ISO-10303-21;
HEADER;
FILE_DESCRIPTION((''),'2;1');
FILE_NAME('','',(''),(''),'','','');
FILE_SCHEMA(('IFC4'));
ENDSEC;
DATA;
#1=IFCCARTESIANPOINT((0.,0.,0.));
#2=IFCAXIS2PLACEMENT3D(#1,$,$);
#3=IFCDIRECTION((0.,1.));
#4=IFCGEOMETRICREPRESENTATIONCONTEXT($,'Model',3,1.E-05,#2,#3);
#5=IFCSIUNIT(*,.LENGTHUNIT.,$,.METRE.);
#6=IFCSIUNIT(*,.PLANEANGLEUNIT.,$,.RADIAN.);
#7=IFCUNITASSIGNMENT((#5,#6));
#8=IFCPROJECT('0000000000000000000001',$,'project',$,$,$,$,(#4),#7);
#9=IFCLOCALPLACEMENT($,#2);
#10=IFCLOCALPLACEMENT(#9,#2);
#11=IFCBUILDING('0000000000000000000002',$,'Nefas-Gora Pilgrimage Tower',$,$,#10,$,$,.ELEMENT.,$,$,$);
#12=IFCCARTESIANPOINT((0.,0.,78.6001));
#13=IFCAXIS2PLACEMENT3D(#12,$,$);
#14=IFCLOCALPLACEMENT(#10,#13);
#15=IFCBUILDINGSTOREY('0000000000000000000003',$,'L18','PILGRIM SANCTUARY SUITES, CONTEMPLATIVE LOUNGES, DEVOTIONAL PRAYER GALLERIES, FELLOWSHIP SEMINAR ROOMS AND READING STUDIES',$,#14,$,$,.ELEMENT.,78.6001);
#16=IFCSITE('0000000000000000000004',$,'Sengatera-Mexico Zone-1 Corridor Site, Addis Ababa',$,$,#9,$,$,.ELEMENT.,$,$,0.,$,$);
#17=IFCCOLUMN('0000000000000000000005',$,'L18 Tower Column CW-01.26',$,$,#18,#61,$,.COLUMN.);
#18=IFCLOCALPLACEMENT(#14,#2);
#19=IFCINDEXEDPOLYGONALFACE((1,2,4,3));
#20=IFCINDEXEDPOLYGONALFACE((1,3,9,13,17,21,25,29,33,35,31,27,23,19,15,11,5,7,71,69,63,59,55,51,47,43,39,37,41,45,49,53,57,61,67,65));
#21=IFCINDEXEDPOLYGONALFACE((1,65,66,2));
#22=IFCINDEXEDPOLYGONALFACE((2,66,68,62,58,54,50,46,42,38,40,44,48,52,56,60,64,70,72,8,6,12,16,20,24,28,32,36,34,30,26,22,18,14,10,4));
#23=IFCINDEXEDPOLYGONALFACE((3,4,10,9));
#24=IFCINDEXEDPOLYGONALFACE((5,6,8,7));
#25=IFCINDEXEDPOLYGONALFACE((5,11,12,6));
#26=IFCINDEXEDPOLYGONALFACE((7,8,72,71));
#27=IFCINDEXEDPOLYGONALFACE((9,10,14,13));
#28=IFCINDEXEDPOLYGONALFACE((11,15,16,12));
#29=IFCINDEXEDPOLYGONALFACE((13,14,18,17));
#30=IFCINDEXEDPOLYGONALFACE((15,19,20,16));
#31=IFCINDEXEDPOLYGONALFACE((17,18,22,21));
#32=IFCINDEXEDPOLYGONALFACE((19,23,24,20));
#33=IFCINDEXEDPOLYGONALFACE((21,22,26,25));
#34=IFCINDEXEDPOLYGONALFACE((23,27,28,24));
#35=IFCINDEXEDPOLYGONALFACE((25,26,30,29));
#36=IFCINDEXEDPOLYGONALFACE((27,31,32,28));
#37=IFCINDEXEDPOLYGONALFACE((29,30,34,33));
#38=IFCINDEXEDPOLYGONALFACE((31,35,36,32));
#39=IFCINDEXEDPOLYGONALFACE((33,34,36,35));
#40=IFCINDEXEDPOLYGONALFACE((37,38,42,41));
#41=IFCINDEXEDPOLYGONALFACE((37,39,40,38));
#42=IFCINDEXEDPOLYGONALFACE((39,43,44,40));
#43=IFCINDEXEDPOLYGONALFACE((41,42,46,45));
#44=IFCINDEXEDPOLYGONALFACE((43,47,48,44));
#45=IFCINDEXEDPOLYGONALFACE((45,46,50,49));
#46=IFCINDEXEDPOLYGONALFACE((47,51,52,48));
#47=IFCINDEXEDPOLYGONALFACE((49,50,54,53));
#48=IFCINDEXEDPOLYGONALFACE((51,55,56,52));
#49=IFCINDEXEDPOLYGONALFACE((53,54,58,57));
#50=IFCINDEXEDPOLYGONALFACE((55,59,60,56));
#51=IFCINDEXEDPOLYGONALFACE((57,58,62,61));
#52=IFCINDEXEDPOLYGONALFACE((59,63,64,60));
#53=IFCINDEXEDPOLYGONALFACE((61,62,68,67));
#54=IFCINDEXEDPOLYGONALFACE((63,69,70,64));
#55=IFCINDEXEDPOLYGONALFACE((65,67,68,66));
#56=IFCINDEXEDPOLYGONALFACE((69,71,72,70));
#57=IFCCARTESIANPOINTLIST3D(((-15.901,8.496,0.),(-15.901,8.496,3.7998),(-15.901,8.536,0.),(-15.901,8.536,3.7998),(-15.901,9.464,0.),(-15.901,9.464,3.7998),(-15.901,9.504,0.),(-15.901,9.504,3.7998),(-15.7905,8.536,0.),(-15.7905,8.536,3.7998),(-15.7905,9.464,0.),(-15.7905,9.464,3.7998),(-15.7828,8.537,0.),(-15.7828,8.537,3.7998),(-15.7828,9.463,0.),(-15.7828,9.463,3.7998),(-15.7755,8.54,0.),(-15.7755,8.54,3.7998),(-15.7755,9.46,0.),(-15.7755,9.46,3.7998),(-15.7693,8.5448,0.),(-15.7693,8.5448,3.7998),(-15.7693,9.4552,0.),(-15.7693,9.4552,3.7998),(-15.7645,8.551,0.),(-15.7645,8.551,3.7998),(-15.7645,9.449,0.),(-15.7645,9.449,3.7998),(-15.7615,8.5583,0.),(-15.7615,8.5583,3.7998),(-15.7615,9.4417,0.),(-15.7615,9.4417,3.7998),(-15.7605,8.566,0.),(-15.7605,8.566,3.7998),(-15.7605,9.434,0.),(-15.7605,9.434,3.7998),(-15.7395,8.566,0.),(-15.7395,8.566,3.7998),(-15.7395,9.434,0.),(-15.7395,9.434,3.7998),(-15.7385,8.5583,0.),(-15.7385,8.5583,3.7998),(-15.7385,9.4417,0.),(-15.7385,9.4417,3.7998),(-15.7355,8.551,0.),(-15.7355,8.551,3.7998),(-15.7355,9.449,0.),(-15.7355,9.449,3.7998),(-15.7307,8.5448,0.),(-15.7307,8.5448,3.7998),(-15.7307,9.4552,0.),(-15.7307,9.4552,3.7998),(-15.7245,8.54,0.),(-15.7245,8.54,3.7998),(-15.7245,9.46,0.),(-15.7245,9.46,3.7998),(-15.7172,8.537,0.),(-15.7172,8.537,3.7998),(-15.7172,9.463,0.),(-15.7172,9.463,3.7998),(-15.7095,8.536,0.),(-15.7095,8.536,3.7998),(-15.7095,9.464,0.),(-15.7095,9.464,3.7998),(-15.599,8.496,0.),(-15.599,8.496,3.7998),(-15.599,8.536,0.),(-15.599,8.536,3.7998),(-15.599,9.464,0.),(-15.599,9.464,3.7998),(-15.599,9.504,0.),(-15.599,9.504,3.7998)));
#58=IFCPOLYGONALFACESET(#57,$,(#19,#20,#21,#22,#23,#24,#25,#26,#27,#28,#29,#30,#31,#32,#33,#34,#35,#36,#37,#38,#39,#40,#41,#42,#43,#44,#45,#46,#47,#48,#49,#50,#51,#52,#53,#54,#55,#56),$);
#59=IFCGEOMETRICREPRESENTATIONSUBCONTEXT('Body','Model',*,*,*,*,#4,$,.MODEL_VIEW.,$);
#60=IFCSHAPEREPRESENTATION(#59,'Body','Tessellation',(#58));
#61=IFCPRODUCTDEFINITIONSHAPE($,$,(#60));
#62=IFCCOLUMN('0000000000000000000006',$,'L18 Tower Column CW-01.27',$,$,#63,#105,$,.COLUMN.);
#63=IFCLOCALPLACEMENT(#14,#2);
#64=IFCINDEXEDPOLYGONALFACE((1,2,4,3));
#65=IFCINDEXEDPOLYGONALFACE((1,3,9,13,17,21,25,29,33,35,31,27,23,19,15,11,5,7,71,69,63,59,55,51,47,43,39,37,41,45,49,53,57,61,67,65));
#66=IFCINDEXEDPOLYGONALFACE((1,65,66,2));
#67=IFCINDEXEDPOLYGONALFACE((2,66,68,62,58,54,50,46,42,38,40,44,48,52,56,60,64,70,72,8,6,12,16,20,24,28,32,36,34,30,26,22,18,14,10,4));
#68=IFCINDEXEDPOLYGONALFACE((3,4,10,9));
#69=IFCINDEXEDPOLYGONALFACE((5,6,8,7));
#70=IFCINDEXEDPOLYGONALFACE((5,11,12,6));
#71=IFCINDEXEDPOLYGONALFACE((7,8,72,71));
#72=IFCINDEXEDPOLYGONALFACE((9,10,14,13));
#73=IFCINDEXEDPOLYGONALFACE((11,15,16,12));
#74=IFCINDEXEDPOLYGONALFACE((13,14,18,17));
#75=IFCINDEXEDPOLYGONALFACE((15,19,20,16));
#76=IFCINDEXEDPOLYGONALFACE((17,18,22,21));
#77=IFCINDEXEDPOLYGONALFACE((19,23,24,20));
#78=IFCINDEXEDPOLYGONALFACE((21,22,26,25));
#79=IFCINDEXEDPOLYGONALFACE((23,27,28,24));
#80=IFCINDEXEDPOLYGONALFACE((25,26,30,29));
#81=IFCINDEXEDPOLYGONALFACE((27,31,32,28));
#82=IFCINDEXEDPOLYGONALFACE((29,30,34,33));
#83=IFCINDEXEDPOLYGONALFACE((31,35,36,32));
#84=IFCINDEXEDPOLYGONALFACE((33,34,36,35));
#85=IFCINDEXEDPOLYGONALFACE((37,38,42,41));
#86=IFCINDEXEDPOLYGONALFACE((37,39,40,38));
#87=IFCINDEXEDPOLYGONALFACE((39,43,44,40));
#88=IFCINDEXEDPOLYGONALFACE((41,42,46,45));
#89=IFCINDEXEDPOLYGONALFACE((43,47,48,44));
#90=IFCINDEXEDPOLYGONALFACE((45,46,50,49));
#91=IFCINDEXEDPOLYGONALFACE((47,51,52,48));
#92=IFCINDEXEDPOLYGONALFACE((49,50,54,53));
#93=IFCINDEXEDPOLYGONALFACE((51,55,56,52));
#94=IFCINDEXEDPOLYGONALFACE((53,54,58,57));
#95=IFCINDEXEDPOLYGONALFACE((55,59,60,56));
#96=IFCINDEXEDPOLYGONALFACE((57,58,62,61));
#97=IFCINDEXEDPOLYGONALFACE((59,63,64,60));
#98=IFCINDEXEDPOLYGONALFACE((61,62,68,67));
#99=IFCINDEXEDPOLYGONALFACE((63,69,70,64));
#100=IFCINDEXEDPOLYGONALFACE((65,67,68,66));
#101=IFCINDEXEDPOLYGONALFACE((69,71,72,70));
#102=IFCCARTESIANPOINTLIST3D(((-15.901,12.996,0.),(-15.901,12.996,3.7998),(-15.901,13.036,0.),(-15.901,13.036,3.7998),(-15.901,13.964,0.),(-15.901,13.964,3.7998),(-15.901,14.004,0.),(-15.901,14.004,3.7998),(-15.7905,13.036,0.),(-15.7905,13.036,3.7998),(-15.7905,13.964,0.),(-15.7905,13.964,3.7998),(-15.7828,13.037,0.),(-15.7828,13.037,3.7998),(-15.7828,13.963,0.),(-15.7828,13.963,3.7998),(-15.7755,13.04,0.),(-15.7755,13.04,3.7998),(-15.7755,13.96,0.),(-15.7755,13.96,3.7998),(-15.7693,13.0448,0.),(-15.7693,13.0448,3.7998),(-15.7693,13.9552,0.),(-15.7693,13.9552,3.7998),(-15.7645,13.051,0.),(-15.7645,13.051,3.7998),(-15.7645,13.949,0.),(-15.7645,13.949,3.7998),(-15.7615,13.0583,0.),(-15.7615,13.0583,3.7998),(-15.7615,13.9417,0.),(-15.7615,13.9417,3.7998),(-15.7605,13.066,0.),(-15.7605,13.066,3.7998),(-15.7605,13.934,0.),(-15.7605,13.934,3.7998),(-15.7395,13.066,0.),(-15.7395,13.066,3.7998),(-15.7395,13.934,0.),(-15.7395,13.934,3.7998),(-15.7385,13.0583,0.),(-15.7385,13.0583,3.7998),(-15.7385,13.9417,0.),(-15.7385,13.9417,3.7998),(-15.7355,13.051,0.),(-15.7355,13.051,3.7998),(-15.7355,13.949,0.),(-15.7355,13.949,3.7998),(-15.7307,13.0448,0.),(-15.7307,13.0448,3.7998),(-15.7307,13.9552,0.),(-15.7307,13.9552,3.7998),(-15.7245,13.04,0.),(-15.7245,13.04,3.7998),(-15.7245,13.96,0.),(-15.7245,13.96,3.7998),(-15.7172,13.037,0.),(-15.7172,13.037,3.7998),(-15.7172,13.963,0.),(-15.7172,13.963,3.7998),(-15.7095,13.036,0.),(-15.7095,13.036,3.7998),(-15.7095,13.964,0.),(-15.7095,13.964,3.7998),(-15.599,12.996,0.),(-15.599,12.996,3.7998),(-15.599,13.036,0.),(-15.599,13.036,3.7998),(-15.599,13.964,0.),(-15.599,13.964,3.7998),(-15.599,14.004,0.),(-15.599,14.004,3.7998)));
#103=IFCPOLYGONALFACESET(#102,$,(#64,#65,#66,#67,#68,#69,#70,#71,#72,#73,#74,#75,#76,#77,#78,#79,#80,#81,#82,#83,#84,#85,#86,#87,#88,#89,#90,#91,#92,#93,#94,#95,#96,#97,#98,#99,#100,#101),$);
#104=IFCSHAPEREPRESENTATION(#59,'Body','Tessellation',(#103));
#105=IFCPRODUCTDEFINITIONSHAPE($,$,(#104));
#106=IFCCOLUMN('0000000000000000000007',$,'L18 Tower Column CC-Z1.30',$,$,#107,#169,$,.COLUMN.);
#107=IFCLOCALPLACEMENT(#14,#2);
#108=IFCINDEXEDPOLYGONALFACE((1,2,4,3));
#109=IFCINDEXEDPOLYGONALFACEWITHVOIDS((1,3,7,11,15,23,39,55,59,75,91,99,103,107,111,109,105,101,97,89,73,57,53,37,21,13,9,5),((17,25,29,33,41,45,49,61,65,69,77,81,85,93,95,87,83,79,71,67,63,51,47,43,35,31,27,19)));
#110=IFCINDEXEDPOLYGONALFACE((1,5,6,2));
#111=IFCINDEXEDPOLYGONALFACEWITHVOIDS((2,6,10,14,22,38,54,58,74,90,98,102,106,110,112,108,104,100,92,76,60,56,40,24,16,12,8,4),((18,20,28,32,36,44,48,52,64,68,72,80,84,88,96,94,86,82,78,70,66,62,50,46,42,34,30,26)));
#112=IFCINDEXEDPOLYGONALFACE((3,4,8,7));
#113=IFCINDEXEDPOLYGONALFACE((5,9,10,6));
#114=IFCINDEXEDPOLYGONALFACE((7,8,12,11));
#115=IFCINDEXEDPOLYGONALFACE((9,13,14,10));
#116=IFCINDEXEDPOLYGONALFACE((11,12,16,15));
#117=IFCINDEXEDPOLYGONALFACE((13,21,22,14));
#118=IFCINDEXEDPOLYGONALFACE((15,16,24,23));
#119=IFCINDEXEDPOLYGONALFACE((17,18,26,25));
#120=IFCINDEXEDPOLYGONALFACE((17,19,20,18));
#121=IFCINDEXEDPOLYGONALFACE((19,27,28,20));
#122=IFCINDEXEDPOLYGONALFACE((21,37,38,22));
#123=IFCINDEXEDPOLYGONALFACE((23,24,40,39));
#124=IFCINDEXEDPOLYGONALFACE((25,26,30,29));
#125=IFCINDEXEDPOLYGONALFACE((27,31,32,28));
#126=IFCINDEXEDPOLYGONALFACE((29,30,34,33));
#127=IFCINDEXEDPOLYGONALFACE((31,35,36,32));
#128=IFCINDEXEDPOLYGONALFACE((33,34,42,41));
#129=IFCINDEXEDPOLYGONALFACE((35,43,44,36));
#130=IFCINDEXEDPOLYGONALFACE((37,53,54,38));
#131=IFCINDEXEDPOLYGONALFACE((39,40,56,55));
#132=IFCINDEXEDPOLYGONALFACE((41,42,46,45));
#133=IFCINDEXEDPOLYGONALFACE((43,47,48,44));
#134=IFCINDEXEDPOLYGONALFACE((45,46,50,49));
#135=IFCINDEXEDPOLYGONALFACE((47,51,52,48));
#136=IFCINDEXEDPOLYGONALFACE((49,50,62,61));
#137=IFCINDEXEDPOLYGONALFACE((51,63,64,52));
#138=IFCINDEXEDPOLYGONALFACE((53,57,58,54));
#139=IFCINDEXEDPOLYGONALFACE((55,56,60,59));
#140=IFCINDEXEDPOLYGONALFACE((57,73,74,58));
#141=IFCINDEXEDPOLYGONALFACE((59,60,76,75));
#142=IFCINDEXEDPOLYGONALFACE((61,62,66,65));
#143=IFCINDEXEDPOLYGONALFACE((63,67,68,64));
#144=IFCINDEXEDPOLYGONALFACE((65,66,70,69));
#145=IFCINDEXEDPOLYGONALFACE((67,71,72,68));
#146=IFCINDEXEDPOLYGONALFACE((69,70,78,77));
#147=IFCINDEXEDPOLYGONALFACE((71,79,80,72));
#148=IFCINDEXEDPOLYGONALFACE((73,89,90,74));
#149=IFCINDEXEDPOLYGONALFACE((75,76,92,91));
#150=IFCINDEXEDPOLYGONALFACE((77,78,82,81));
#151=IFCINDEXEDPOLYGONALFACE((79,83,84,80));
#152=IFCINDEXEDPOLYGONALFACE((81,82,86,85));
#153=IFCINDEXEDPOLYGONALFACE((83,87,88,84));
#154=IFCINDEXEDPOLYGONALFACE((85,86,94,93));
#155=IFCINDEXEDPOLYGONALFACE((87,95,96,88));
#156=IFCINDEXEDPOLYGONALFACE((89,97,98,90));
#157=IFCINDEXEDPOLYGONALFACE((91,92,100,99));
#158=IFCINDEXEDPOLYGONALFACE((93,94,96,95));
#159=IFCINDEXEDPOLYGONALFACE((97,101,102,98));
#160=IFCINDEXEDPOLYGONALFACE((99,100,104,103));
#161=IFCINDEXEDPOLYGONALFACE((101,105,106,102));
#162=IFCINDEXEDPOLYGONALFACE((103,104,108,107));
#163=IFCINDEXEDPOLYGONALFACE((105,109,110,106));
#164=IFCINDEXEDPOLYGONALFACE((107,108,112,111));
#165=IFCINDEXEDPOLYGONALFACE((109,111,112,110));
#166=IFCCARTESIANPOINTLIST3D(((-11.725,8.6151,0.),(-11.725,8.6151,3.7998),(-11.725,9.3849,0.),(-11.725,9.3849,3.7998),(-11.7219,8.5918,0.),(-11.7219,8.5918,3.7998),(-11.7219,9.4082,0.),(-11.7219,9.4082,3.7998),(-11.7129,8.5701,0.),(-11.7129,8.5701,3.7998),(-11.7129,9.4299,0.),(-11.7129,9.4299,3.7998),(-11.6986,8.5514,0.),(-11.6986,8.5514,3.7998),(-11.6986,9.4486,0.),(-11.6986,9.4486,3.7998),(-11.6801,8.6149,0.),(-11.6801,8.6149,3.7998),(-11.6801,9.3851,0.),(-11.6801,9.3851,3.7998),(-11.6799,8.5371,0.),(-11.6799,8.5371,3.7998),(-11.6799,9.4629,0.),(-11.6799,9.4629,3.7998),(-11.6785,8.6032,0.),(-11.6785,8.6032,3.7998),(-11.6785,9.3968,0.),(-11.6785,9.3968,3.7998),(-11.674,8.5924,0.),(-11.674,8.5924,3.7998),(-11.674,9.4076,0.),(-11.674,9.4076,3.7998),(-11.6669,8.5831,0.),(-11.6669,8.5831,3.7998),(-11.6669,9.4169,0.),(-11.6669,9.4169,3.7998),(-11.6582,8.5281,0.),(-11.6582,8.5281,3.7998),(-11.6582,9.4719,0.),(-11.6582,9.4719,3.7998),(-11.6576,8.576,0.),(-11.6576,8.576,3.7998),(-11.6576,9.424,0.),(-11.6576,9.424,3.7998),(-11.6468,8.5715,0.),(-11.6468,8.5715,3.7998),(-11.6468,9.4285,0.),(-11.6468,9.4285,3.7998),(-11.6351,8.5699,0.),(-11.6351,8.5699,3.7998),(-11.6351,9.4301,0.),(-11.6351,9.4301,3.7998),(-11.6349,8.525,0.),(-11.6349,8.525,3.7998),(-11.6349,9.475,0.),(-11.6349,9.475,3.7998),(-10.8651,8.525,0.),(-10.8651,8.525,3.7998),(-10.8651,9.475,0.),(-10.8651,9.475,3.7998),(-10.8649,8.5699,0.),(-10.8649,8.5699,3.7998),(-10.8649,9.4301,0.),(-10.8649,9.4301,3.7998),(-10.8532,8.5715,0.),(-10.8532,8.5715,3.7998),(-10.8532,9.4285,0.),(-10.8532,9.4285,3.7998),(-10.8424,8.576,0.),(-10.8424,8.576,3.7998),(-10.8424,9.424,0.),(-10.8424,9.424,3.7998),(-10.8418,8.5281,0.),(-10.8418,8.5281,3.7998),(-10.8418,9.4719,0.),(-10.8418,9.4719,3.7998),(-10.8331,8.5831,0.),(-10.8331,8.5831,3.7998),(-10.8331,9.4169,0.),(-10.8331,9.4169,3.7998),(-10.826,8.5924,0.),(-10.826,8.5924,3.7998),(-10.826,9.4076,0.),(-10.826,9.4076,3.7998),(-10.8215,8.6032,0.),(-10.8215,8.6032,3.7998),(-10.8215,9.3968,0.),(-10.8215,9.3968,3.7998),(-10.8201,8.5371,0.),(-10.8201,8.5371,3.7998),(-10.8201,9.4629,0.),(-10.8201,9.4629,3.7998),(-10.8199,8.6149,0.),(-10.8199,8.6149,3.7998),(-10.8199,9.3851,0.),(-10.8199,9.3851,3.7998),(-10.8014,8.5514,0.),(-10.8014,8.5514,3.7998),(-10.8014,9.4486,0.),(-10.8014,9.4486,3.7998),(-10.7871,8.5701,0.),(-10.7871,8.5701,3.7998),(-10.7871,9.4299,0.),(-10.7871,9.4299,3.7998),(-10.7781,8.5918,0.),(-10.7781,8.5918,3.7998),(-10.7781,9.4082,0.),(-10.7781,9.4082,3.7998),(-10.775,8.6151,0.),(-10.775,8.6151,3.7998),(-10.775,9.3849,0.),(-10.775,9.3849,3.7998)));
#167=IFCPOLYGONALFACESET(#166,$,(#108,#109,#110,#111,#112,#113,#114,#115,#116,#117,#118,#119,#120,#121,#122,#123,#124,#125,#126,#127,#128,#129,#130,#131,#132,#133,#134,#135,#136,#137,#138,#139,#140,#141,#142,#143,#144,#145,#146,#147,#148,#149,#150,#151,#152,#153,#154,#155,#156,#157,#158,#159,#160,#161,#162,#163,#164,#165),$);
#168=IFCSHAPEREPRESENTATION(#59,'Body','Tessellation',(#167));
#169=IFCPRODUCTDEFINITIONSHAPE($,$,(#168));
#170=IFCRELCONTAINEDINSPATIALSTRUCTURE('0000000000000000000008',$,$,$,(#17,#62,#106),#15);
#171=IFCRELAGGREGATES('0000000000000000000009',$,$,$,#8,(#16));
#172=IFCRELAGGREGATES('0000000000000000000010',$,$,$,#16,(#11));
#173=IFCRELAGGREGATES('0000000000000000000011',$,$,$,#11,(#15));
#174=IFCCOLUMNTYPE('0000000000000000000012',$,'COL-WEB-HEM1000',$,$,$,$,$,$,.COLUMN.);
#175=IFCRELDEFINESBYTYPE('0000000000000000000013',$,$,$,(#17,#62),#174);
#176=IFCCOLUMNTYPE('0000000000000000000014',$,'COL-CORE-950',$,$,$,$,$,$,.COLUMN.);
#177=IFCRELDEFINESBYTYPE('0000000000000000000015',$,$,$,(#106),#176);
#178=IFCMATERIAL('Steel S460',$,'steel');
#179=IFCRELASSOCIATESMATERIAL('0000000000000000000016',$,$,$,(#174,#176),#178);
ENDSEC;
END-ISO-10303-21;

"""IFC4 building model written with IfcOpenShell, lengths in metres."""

from ifc_helpers import new_model, si_unit, direction, frame, origin, origin_2d, place, context, subcontext, project, spatial, hollow_rectangle, i_section, extrude, source, transform, mapped, material, material_profile, profile_set, type_object, element, save


model = new_model("IFC4")

# Units and contexts
model_context = context("Model", 3, precision=1e-05, world=origin(), true_north=direction((0.0, 1.0)))
body_context = subcontext(model_context, "Body", "Model", "MODEL_VIEW")
ifc_project = project(units=[si_unit("LENGTHUNIT", "METRE"), si_unit("PLANEANGLEUNIT", "RADIAN")], contexts=[model_context])

# Site, building, storey
site_placement = place(None, origin())
site = spatial("IfcSite", under=ifc_project, at=site_placement, Name="Sengatera-Mexico Zone-1 Corridor Site, Addis Ababa", CompositionType="ELEMENT", RefElevation=0.0)
building_placement = place(site_placement, origin())
building = spatial("IfcBuilding", under=site, at=building_placement, Name="Nefas-Gora Pilgrimage Tower", CompositionType="ELEMENT")
storey_placement = place(building_placement, frame((0.0, 0.0, 78.6001)))
storey = spatial("IfcBuildingStorey", under=building, at=storey_placement, Name="L18", Description="PILGRIM SANCTUARY SUITES, CONTEMPLATIVE LOUNGES, DEVOTIONAL PRAYER GALLERIES, FELLOWSHIP SEMINAR ROOMS AND READING STUDIES", CompositionType="ELEMENT", Elevation=78.6001)

# Columns
ifc_material_1 = material(Name="Steel S460", Category="steel")
ifc_material_profile_1 = material_profile(ifc_material_1, i_section(OverallWidth=0.302, OverallDepth=1.0081, WebThickness=0.021, FlangeThickness=0.04, FilletRadius=0.03, at=origin_2d()), Name="HEM 1000")
ifc_profile_set_1 = profile_set([ifc_material_profile_1], Name="Steel S460")
column_type_1 = type_object("IfcColumnType", Name="COL-WEB-HEM1000", PredefinedType="COLUMN", material=ifc_profile_set_1)
shared_shape_1 = source(origin(), body_context, "Body", "SweptSolid", [
    extrude(i_section(OverallWidth=0.302, OverallDepth=1.0081, WebThickness=0.021, FlangeThickness=0.04, FilletRadius=0.03, at=origin_2d()), origin(), (0.0, 0.0, 1.0), 3.7998),
])
for number, where, z_axis, x_axis, name in (
    (1, (-15.75, 9.0, 0.0), (0.0, 0.0, 1.0), (1.0, 0.0, 0.0), "L18 Tower Column CW-01.26"),
    (2, (-15.75, 13.5, 0.0), (0.0, 0.0, 1.0), (1.0, 0.0, 0.0), "L18 Tower Column CW-01.27"),
):
    element("IfcColumn", number, at=place(storey_placement, frame(where, z_axis=z_axis, x_axis=x_axis)), inside=storey, type_object=column_type_1, Name=name, PredefinedType="COLUMN", context=body_context, shape_type="MappedRepresentation", body=[
        mapped(shared_shape_1, transform((0.0, 0.0, 0.0), x_axis=(1.0, 0.0, 0.0), y_axis=(0.0, 1.0, 0.0), z_axis=(0.0, 0.0, 1.0), scale=1.0)),
    ])
ifc_material_profile_2 = material_profile(ifc_material_1, hollow_rectangle(XDim=0.95, YDim=0.95, WallThickness=0.0449, InnerFilletRadius=0.0449, OuterFilletRadius=0.0901, at=origin_2d()), Name="BOX 950x950x45")
ifc_profile_set_2 = profile_set([ifc_material_profile_2], Name="Steel S460")
column_type_2 = type_object("IfcColumnType", Name="COL-CORE-950", PredefinedType="COLUMN", material=ifc_profile_set_2)
shared_shape_2 = source(origin(), body_context, "Body", "SweptSolid", [
    extrude(hollow_rectangle(XDim=0.95, YDim=0.95, WallThickness=0.0449, InnerFilletRadius=0.0449, OuterFilletRadius=0.0901, at=origin_2d()), origin(), (0.0, 0.0, 1.0), 3.7998),
])
column_placement = place(storey_placement, frame((-11.25, 9.0, 0.0), z_axis=(0.0, 0.0, 1.0), x_axis=(1.0, 0.0, 0.0)))
element("IfcColumn", 3, at=column_placement, inside=storey, type_object=column_type_2, Name="L18 Tower Column CC-Z1.30", PredefinedType="COLUMN", context=body_context, shape_type="MappedRepresentation", body=[
    mapped(shared_shape_2, transform((0.0, 0.0, 0.0), x_axis=(1.0, 0.0, 0.0), y_axis=(0.0, 1.0, 0.0), z_axis=(0.0, 0.0, 1.0), scale=1.0)),
])

save(model, "model.ifc")
